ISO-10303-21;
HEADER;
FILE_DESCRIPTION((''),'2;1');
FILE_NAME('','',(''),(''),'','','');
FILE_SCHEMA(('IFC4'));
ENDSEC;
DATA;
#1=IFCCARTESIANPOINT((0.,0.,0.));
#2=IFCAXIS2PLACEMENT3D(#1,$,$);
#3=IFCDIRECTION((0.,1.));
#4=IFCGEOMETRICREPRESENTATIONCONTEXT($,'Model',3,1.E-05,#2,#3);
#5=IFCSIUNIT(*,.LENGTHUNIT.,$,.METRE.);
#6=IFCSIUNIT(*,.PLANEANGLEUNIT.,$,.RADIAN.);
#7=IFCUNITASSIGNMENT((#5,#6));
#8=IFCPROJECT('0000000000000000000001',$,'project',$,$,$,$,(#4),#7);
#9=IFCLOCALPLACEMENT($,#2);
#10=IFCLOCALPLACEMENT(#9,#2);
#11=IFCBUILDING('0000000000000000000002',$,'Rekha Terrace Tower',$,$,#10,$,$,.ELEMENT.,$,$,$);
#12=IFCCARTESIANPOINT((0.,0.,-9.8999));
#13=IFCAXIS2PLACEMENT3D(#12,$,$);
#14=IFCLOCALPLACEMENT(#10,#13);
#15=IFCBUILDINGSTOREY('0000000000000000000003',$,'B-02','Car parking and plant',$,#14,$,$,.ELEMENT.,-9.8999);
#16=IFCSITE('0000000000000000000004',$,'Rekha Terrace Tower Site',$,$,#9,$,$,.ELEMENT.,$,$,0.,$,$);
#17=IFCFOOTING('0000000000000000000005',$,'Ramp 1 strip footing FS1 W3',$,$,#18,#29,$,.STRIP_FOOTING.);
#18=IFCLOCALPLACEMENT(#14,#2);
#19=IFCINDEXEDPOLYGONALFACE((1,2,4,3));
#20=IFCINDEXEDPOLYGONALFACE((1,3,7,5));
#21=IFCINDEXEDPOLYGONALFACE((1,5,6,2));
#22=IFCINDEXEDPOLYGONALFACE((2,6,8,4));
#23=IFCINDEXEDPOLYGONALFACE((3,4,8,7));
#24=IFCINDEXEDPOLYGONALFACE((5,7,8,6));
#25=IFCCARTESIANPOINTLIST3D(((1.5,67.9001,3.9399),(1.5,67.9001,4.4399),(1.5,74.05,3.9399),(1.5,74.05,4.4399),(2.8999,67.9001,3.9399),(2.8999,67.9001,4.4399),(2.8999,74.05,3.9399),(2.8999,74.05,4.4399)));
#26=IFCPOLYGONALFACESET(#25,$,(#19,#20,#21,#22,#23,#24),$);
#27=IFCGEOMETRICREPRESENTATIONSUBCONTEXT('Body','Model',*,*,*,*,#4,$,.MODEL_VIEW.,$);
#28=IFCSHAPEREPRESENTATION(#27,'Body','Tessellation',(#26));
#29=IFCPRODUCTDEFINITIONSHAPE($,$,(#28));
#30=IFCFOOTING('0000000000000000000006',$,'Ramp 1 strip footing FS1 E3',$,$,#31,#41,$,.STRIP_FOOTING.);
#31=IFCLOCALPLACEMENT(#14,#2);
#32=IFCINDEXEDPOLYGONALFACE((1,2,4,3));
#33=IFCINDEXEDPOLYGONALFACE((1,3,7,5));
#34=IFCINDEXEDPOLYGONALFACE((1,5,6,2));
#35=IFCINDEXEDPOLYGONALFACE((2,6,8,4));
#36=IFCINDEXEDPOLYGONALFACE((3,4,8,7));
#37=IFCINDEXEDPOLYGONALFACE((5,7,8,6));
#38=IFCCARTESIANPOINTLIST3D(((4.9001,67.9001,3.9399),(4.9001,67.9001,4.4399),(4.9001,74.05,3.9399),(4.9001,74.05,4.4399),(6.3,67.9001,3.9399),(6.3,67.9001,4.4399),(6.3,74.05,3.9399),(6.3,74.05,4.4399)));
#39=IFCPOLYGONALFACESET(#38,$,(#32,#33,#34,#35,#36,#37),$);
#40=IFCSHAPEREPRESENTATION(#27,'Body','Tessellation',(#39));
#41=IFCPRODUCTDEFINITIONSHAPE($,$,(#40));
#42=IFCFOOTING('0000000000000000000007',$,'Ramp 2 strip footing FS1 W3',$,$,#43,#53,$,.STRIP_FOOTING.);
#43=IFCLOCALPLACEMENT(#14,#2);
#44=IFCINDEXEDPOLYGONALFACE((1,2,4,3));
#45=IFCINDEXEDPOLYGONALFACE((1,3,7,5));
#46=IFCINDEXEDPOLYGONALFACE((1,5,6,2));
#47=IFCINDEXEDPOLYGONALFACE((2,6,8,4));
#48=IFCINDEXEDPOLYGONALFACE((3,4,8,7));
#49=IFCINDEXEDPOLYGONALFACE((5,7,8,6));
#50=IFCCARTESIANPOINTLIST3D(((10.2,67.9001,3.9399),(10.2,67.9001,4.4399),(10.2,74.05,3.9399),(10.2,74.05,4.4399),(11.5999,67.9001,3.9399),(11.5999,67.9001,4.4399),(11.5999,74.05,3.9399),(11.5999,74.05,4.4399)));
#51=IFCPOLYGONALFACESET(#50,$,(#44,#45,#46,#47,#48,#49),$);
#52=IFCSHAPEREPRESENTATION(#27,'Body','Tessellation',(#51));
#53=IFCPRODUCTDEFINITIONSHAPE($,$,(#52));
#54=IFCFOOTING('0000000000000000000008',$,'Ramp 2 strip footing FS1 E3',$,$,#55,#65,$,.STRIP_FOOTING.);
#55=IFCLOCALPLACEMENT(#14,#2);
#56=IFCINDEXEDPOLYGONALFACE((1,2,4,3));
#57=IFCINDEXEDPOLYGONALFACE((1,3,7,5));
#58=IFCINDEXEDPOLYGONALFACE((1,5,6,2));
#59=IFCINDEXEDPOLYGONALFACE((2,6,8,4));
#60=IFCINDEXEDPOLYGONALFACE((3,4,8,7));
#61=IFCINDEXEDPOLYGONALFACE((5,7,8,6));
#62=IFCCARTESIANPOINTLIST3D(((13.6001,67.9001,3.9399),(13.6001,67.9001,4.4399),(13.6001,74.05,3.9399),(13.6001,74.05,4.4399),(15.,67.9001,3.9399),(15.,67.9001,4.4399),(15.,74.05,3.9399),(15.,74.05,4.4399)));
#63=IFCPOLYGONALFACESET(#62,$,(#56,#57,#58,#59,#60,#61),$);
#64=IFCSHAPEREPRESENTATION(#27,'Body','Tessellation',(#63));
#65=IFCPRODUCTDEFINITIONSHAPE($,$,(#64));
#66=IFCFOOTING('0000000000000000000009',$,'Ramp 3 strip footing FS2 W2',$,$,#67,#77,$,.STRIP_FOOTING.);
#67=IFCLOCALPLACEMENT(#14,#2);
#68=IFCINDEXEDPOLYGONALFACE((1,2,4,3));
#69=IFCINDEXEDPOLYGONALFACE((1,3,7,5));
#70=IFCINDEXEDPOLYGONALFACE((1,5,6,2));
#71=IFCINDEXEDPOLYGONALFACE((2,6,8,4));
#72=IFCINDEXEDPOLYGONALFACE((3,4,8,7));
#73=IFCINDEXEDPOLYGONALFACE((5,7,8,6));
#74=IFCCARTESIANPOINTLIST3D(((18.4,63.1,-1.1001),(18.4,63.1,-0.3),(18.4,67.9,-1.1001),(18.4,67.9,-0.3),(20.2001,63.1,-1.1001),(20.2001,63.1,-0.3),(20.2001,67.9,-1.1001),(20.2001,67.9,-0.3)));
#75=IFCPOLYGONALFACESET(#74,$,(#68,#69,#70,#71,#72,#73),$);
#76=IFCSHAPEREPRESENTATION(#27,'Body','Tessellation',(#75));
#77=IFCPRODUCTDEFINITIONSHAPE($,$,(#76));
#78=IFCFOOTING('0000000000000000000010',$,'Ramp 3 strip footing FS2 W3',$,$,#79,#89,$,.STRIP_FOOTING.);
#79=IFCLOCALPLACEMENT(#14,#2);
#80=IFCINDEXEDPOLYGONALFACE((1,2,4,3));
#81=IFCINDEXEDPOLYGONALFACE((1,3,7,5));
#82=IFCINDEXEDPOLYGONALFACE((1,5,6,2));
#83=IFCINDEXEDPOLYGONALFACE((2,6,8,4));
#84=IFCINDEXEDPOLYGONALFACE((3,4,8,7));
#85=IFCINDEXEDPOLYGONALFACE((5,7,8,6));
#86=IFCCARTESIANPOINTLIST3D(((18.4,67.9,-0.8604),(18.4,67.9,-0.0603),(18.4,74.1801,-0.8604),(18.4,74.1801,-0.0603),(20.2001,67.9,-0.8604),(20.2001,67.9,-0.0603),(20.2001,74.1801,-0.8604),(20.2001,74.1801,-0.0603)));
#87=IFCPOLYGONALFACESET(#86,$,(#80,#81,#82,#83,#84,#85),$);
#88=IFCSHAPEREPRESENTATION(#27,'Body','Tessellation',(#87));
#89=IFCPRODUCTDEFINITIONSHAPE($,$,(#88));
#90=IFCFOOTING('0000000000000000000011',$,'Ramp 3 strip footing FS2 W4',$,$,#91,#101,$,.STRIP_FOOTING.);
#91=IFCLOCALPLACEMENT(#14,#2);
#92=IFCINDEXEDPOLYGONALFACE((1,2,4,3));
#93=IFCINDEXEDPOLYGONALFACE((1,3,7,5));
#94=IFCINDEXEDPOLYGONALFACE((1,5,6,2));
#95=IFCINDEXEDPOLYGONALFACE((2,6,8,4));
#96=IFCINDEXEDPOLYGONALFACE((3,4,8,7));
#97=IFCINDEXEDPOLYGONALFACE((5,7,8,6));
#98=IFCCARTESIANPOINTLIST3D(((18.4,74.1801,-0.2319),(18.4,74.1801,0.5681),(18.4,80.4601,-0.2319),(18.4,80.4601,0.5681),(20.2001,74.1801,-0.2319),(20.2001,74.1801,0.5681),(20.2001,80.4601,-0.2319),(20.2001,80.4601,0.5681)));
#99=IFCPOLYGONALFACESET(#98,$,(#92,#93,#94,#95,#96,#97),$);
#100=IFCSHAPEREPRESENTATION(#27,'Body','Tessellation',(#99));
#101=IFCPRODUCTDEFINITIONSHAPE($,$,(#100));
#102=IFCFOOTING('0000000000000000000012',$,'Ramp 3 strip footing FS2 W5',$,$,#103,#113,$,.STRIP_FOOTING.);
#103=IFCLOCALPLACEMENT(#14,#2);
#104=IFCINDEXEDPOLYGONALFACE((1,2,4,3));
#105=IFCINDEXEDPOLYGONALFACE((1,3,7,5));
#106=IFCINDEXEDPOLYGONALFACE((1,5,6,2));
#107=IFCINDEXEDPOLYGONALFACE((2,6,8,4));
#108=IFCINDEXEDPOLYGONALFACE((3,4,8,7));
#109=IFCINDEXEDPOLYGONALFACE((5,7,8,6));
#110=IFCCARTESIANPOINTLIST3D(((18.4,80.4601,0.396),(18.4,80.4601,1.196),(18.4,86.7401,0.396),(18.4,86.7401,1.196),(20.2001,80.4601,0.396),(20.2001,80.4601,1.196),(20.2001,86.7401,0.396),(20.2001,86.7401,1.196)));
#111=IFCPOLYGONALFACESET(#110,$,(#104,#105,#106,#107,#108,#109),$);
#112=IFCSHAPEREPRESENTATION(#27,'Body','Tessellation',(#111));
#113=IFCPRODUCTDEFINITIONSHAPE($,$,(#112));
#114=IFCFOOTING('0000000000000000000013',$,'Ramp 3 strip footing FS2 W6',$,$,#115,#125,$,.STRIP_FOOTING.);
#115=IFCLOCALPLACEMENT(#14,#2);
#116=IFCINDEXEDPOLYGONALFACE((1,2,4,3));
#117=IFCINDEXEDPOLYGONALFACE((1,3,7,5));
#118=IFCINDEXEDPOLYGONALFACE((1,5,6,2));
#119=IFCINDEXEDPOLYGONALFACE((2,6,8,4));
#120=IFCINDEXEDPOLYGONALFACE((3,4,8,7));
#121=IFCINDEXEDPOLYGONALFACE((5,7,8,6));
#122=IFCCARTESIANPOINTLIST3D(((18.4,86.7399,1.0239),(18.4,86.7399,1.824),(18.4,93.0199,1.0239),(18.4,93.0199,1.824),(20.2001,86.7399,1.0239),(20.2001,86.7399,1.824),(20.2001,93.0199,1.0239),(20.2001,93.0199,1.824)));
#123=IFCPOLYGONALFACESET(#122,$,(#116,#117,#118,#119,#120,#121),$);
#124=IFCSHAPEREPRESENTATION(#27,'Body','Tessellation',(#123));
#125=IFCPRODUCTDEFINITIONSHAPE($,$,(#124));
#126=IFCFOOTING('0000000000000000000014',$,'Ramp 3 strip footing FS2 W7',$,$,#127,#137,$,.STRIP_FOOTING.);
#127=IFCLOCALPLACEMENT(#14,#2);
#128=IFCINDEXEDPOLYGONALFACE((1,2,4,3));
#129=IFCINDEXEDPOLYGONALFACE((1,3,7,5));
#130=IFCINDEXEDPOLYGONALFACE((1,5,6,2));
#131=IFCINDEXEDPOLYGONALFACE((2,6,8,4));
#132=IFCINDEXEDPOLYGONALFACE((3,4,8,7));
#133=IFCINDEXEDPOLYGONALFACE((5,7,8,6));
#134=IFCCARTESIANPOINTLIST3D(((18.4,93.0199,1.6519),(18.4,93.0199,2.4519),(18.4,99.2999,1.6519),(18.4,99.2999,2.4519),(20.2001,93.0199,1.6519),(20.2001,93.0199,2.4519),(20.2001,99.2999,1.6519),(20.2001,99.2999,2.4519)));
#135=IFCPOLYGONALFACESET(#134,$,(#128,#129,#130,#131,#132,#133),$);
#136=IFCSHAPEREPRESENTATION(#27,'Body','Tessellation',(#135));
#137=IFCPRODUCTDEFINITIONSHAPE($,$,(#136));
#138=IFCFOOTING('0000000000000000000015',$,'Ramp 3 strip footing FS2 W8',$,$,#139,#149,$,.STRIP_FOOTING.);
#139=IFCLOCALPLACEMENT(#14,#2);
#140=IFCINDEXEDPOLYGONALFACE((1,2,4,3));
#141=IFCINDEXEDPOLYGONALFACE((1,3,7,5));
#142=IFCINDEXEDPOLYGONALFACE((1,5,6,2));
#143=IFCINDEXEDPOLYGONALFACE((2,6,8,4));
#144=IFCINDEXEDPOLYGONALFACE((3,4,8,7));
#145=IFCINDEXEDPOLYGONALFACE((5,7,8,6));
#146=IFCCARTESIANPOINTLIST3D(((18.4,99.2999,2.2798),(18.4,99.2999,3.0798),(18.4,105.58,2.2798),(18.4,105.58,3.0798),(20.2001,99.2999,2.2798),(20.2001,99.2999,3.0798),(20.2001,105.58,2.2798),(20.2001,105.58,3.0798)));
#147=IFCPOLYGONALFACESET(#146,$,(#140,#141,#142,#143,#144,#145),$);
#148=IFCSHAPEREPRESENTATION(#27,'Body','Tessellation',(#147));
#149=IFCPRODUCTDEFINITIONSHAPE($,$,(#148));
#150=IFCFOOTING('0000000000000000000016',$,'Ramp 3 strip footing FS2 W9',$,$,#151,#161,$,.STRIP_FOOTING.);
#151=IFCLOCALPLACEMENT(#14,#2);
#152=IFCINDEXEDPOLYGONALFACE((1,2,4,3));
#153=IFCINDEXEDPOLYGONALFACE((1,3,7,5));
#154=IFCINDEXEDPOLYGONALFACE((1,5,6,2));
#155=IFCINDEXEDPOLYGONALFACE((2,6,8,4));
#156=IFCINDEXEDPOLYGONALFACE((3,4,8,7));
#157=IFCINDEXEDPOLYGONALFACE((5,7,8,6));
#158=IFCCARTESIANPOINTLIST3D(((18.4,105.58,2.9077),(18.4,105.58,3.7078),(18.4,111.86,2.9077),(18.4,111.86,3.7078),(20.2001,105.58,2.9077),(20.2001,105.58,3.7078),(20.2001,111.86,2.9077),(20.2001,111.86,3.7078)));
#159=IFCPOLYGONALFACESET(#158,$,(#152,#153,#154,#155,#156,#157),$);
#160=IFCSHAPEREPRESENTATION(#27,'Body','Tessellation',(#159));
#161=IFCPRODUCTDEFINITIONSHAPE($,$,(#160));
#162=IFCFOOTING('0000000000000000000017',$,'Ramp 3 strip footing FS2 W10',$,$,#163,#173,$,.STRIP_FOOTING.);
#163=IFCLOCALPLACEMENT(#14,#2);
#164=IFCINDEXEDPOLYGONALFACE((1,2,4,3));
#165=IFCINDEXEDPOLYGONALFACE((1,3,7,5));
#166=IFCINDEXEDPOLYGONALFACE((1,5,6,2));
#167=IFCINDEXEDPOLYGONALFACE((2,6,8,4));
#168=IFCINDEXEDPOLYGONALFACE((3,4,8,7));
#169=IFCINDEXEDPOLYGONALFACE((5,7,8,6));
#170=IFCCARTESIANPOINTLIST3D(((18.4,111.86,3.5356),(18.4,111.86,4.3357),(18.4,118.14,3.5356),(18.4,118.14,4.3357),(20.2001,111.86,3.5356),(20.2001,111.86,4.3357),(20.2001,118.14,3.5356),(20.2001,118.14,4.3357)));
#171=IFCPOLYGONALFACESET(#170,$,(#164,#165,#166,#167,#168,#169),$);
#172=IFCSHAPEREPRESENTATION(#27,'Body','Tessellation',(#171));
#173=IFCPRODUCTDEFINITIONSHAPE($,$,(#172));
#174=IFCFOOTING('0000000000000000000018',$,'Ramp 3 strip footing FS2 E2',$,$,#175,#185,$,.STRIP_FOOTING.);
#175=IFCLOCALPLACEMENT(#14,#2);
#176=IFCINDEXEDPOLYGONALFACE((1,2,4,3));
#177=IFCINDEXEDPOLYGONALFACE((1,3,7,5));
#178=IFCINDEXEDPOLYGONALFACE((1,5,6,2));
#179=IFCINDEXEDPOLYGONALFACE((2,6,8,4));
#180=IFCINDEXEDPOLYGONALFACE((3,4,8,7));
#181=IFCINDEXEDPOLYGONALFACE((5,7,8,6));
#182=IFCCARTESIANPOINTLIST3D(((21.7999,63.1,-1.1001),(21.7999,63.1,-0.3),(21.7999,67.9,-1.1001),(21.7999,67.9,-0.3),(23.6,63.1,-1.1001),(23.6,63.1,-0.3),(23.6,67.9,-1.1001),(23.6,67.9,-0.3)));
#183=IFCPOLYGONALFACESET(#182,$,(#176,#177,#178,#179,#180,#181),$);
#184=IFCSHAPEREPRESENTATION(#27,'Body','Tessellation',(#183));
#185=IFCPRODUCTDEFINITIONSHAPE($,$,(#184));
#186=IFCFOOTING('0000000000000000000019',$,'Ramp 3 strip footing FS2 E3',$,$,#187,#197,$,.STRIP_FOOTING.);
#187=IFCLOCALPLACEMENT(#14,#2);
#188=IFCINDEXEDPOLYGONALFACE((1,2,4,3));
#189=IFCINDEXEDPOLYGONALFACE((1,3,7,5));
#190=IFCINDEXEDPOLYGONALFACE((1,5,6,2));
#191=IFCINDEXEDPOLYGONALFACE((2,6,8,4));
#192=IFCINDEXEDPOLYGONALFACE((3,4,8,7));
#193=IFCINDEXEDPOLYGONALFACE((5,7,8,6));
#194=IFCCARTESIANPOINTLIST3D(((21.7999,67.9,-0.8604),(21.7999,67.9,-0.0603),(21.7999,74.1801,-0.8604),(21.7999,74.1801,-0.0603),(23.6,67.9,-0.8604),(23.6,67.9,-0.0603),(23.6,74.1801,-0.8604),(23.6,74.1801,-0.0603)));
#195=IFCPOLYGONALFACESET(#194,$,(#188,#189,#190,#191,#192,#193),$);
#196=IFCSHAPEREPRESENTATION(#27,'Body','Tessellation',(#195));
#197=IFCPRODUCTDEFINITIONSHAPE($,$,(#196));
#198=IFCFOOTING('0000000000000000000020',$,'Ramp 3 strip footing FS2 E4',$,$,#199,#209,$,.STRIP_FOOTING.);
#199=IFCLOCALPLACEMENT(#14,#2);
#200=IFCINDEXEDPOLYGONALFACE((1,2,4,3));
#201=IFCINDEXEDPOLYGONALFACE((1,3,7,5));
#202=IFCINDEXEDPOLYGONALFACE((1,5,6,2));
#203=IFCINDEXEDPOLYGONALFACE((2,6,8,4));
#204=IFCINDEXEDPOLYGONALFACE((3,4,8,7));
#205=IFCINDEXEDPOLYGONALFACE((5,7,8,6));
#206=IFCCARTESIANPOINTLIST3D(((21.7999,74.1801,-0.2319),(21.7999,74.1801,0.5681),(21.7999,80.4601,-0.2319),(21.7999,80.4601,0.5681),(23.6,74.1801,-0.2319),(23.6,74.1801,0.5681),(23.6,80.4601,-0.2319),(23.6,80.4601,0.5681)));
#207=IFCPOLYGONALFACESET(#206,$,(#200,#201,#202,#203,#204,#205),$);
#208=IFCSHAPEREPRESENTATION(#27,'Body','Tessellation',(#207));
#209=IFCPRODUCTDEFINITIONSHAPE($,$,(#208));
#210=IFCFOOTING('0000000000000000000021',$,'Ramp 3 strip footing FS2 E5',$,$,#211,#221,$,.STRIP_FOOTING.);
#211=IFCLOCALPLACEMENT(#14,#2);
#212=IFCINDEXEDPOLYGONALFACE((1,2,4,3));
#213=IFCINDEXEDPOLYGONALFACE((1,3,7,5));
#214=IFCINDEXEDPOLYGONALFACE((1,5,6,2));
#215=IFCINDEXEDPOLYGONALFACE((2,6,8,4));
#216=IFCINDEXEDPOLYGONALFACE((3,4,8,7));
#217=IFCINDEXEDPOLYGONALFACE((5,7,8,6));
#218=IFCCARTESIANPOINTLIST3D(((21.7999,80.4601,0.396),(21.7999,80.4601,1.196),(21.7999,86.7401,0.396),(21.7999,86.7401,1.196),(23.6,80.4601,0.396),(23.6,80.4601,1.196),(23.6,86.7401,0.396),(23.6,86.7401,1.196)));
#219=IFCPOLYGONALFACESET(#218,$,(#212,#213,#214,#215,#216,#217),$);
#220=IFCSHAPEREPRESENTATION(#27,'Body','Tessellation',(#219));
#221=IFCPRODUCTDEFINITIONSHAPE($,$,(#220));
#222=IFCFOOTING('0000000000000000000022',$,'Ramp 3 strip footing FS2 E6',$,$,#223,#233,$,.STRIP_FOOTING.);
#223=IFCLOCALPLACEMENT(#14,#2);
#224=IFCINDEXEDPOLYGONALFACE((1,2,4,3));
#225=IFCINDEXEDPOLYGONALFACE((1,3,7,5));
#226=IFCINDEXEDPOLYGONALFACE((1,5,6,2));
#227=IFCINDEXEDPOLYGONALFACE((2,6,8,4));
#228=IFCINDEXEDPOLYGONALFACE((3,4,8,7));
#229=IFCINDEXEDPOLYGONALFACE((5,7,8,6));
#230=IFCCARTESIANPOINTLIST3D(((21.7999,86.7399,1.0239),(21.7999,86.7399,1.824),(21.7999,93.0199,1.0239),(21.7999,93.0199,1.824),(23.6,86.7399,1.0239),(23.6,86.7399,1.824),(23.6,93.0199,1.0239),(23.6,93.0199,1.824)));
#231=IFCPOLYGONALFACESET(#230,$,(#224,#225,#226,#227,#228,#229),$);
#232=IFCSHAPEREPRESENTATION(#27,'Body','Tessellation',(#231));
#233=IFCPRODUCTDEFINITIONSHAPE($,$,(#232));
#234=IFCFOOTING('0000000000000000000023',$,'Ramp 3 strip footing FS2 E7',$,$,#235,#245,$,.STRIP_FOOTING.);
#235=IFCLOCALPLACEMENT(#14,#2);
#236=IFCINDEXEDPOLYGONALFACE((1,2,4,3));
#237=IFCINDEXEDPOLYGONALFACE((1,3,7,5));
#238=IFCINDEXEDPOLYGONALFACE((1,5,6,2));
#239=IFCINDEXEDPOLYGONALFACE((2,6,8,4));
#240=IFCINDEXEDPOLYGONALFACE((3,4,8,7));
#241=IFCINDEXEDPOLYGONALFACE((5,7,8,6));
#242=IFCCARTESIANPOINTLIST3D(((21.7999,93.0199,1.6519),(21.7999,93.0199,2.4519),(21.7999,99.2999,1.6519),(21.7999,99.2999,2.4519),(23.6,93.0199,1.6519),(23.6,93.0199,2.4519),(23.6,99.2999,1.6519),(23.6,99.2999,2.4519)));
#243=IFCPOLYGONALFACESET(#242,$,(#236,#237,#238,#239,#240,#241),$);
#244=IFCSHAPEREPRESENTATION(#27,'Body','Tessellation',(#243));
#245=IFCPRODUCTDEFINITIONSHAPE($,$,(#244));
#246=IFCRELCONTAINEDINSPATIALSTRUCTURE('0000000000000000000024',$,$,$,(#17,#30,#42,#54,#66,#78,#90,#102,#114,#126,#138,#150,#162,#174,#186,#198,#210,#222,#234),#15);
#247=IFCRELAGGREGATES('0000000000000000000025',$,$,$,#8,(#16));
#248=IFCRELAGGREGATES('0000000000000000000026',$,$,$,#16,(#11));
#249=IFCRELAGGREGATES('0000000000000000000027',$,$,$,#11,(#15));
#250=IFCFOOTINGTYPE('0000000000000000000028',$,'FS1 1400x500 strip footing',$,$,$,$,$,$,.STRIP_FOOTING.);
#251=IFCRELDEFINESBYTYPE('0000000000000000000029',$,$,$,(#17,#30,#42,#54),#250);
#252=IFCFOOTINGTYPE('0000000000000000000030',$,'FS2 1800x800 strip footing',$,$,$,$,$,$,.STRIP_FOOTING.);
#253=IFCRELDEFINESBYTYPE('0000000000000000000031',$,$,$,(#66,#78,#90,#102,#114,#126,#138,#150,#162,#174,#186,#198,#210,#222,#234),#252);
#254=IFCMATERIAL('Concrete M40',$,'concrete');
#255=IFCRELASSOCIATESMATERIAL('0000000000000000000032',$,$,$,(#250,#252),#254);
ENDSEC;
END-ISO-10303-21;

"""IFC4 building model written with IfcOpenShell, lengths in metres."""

from ifc_helpers import new_model, si_unit, direction, frame, origin, origin_2d, place, context, subcontext, project, spatial, rectangle, extrude, material, type_object, element, save


model = new_model("IFC4")

# Units and contexts
model_context = context("Model", 3, precision=1e-05, world=origin(), true_north=direction((0.0, 1.0)))
body_context = subcontext(model_context, "Body", "Model", "MODEL_VIEW")
ifc_project = project(units=[si_unit("LENGTHUNIT", "METRE"), si_unit("PLANEANGLEUNIT", "RADIAN")], contexts=[model_context])

# Site, building, storey
site_placement = place(None, origin())
site = spatial("IfcSite", under=ifc_project, at=site_placement, Name="Rekha Terrace Tower Site", CompositionType="ELEMENT", RefElevation=0.0)
building_placement = place(site_placement, origin())
building = spatial("IfcBuilding", under=site, at=building_placement, Name="Rekha Terrace Tower", CompositionType="ELEMENT")
storey_placement = place(building_placement, frame((0.0, 0.0, -9.8999)))
storey = spatial("IfcBuildingStorey", under=building, at=storey_placement, Name="B-02", Description="Car parking and plant", CompositionType="ELEMENT", Elevation=-9.8999)

# Footings
ifc_material = material(Name="Concrete M40", Category="concrete")
footing_type_1 = type_object("IfcFootingType", Name="FS1 1400x500 strip footing", PredefinedType="STRIP_FOOTING", material=ifc_material)
for number, where, z_axis, x_axis, name in (
    (1, (2.2, 70.9751, 3.9399), (0.0, 0.0, 1.0), (1.0, 0.0, 0.0), "Ramp 1 strip footing FS1 W3"),
    (2, (5.6001, 70.9751, 3.9399), (0.0, 0.0, 1.0), (1.0, 0.0, 0.0), "Ramp 1 strip footing FS1 E3"),
    (3, (10.8999, 70.9751, 3.9399), (0.0, 0.0, 1.0), (1.0, 0.0, 0.0), "Ramp 2 strip footing FS1 W3"),
    (4, (14.3, 70.9751, 3.9399), (0.0, 0.0, 1.0), (1.0, 0.0, 0.0), "Ramp 2 strip footing FS1 E3"),
):
    element("IfcFooting", number, at=place(storey_placement, frame(where, z_axis=z_axis, x_axis=x_axis)), inside=storey, type_object=footing_type_1, Name=name, PredefinedType="STRIP_FOOTING", context=body_context, shape_type="SweptSolid", body=[
        extrude(rectangle(XDim=1.3999, YDim=6.1499, at=origin_2d()), origin(), (0.0, 0.0, 1.0), 0.5),
    ])
footing_type_2 = type_object("IfcFootingType", Name="FS2 1800x800 strip footing", PredefinedType="STRIP_FOOTING", material=ifc_material)
footing_1_placement = place(storey_placement, frame((19.3, 65.5, -1.1001), z_axis=(0.0, 0.0, 1.0), x_axis=(1.0, 0.0, 0.0)))
element("IfcFooting", 5, at=footing_1_placement, inside=storey, type_object=footing_type_2, Name="Ramp 3 strip footing FS2 W2", PredefinedType="STRIP_FOOTING", context=body_context, shape_type="SweptSolid", body=[
    extrude(rectangle(XDim=1.8, YDim=4.8, at=origin_2d()), origin(), (0.0, 0.0, 1.0), 0.8),
])
for number, where, z_axis, x_axis, name in (
    (6, (19.3, 71.04, -0.8604), (0.0, 0.0, 1.0), (1.0, 0.0, 0.0), "Ramp 3 strip footing FS2 W3"),
    (7, (19.3, 77.3201, -0.2319), (0.0, 0.0, 1.0), (1.0, 0.0, 0.0), "Ramp 3 strip footing FS2 W4"),
    (8, (19.3, 83.6001, 0.396), (0.0, 0.0, 1.0), (1.0, 0.0, 0.0), "Ramp 3 strip footing FS2 W5"),
    (9, (19.3, 89.8799, 1.0239), (0.0, 0.0, 1.0), (1.0, 0.0, 0.0), "Ramp 3 strip footing FS2 W6"),
    (10, (19.3, 96.1599, 1.6519), (0.0, 0.0, 1.0), (1.0, 0.0, 0.0), "Ramp 3 strip footing FS2 W7"),
    (11, (19.3, 102.4399, 2.2798), (0.0, 0.0, 1.0), (1.0, 0.0, 0.0), "Ramp 3 strip footing FS2 W8"),
    (12, (19.3, 108.72, 2.9077), (0.0, 0.0, 1.0), (1.0, 0.0, 0.0), "Ramp 3 strip footing FS2 W9"),
    (13, (19.3, 115.0, 3.5356), (0.0, 0.0, 1.0), (1.0, 0.0, 0.0), "Ramp 3 strip footing FS2 W10"),
):
    element("IfcFooting", number, at=place(storey_placement, frame(where, z_axis=z_axis, x_axis=x_axis)), inside=storey, type_object=footing_type_2, Name=name, PredefinedType="STRIP_FOOTING", context=body_context, shape_type="SweptSolid", body=[
        extrude(rectangle(XDim=1.8, YDim=6.28, at=origin_2d()), origin(), (0.0, 0.0, 1.0), 0.8),
    ])
footing_2_placement = place(storey_placement, frame((22.7, 65.5, -1.1001), z_axis=(0.0, 0.0, 1.0), x_axis=(1.0, 0.0, 0.0)))
element("IfcFooting", 14, at=footing_2_placement, inside=storey, type_object=footing_type_2, Name="Ramp 3 strip footing FS2 E2", PredefinedType="STRIP_FOOTING", context=body_context, shape_type="SweptSolid", body=[
    extrude(rectangle(XDim=1.8, YDim=4.8, at=origin_2d()), origin(), (0.0, 0.0, 1.0), 0.8),
])
for number, where, z_axis, x_axis, name in (
    (15, (22.7, 71.04, -0.8604), (0.0, 0.0, 1.0), (1.0, 0.0, 0.0), "Ramp 3 strip footing FS2 E3"),
    (16, (22.7, 77.3201, -0.2319), (0.0, 0.0, 1.0), (1.0, 0.0, 0.0), "Ramp 3 strip footing FS2 E4"),
    (17, (22.7, 83.6001, 0.396), (0.0, 0.0, 1.0), (1.0, 0.0, 0.0), "Ramp 3 strip footing FS2 E5"),
    (18, (22.7, 89.8799, 1.0239), (0.0, 0.0, 1.0), (1.0, 0.0, 0.0), "Ramp 3 strip footing FS2 E6"),
    (19, (22.7, 96.1599, 1.6519), (0.0, 0.0, 1.0), (1.0, 0.0, 0.0), "Ramp 3 strip footing FS2 E7"),
):
    element("IfcFooting", number, at=place(storey_placement, frame(where, z_axis=z_axis, x_axis=x_axis)), inside=storey, type_object=footing_type_2, Name=name, PredefinedType="STRIP_FOOTING", context=body_context, shape_type="SweptSolid", body=[
        extrude(rectangle(XDim=1.8, YDim=6.28, at=origin_2d()), origin(), (0.0, 0.0, 1.0), 0.8),
    ])

save(model, "model.ifc")
